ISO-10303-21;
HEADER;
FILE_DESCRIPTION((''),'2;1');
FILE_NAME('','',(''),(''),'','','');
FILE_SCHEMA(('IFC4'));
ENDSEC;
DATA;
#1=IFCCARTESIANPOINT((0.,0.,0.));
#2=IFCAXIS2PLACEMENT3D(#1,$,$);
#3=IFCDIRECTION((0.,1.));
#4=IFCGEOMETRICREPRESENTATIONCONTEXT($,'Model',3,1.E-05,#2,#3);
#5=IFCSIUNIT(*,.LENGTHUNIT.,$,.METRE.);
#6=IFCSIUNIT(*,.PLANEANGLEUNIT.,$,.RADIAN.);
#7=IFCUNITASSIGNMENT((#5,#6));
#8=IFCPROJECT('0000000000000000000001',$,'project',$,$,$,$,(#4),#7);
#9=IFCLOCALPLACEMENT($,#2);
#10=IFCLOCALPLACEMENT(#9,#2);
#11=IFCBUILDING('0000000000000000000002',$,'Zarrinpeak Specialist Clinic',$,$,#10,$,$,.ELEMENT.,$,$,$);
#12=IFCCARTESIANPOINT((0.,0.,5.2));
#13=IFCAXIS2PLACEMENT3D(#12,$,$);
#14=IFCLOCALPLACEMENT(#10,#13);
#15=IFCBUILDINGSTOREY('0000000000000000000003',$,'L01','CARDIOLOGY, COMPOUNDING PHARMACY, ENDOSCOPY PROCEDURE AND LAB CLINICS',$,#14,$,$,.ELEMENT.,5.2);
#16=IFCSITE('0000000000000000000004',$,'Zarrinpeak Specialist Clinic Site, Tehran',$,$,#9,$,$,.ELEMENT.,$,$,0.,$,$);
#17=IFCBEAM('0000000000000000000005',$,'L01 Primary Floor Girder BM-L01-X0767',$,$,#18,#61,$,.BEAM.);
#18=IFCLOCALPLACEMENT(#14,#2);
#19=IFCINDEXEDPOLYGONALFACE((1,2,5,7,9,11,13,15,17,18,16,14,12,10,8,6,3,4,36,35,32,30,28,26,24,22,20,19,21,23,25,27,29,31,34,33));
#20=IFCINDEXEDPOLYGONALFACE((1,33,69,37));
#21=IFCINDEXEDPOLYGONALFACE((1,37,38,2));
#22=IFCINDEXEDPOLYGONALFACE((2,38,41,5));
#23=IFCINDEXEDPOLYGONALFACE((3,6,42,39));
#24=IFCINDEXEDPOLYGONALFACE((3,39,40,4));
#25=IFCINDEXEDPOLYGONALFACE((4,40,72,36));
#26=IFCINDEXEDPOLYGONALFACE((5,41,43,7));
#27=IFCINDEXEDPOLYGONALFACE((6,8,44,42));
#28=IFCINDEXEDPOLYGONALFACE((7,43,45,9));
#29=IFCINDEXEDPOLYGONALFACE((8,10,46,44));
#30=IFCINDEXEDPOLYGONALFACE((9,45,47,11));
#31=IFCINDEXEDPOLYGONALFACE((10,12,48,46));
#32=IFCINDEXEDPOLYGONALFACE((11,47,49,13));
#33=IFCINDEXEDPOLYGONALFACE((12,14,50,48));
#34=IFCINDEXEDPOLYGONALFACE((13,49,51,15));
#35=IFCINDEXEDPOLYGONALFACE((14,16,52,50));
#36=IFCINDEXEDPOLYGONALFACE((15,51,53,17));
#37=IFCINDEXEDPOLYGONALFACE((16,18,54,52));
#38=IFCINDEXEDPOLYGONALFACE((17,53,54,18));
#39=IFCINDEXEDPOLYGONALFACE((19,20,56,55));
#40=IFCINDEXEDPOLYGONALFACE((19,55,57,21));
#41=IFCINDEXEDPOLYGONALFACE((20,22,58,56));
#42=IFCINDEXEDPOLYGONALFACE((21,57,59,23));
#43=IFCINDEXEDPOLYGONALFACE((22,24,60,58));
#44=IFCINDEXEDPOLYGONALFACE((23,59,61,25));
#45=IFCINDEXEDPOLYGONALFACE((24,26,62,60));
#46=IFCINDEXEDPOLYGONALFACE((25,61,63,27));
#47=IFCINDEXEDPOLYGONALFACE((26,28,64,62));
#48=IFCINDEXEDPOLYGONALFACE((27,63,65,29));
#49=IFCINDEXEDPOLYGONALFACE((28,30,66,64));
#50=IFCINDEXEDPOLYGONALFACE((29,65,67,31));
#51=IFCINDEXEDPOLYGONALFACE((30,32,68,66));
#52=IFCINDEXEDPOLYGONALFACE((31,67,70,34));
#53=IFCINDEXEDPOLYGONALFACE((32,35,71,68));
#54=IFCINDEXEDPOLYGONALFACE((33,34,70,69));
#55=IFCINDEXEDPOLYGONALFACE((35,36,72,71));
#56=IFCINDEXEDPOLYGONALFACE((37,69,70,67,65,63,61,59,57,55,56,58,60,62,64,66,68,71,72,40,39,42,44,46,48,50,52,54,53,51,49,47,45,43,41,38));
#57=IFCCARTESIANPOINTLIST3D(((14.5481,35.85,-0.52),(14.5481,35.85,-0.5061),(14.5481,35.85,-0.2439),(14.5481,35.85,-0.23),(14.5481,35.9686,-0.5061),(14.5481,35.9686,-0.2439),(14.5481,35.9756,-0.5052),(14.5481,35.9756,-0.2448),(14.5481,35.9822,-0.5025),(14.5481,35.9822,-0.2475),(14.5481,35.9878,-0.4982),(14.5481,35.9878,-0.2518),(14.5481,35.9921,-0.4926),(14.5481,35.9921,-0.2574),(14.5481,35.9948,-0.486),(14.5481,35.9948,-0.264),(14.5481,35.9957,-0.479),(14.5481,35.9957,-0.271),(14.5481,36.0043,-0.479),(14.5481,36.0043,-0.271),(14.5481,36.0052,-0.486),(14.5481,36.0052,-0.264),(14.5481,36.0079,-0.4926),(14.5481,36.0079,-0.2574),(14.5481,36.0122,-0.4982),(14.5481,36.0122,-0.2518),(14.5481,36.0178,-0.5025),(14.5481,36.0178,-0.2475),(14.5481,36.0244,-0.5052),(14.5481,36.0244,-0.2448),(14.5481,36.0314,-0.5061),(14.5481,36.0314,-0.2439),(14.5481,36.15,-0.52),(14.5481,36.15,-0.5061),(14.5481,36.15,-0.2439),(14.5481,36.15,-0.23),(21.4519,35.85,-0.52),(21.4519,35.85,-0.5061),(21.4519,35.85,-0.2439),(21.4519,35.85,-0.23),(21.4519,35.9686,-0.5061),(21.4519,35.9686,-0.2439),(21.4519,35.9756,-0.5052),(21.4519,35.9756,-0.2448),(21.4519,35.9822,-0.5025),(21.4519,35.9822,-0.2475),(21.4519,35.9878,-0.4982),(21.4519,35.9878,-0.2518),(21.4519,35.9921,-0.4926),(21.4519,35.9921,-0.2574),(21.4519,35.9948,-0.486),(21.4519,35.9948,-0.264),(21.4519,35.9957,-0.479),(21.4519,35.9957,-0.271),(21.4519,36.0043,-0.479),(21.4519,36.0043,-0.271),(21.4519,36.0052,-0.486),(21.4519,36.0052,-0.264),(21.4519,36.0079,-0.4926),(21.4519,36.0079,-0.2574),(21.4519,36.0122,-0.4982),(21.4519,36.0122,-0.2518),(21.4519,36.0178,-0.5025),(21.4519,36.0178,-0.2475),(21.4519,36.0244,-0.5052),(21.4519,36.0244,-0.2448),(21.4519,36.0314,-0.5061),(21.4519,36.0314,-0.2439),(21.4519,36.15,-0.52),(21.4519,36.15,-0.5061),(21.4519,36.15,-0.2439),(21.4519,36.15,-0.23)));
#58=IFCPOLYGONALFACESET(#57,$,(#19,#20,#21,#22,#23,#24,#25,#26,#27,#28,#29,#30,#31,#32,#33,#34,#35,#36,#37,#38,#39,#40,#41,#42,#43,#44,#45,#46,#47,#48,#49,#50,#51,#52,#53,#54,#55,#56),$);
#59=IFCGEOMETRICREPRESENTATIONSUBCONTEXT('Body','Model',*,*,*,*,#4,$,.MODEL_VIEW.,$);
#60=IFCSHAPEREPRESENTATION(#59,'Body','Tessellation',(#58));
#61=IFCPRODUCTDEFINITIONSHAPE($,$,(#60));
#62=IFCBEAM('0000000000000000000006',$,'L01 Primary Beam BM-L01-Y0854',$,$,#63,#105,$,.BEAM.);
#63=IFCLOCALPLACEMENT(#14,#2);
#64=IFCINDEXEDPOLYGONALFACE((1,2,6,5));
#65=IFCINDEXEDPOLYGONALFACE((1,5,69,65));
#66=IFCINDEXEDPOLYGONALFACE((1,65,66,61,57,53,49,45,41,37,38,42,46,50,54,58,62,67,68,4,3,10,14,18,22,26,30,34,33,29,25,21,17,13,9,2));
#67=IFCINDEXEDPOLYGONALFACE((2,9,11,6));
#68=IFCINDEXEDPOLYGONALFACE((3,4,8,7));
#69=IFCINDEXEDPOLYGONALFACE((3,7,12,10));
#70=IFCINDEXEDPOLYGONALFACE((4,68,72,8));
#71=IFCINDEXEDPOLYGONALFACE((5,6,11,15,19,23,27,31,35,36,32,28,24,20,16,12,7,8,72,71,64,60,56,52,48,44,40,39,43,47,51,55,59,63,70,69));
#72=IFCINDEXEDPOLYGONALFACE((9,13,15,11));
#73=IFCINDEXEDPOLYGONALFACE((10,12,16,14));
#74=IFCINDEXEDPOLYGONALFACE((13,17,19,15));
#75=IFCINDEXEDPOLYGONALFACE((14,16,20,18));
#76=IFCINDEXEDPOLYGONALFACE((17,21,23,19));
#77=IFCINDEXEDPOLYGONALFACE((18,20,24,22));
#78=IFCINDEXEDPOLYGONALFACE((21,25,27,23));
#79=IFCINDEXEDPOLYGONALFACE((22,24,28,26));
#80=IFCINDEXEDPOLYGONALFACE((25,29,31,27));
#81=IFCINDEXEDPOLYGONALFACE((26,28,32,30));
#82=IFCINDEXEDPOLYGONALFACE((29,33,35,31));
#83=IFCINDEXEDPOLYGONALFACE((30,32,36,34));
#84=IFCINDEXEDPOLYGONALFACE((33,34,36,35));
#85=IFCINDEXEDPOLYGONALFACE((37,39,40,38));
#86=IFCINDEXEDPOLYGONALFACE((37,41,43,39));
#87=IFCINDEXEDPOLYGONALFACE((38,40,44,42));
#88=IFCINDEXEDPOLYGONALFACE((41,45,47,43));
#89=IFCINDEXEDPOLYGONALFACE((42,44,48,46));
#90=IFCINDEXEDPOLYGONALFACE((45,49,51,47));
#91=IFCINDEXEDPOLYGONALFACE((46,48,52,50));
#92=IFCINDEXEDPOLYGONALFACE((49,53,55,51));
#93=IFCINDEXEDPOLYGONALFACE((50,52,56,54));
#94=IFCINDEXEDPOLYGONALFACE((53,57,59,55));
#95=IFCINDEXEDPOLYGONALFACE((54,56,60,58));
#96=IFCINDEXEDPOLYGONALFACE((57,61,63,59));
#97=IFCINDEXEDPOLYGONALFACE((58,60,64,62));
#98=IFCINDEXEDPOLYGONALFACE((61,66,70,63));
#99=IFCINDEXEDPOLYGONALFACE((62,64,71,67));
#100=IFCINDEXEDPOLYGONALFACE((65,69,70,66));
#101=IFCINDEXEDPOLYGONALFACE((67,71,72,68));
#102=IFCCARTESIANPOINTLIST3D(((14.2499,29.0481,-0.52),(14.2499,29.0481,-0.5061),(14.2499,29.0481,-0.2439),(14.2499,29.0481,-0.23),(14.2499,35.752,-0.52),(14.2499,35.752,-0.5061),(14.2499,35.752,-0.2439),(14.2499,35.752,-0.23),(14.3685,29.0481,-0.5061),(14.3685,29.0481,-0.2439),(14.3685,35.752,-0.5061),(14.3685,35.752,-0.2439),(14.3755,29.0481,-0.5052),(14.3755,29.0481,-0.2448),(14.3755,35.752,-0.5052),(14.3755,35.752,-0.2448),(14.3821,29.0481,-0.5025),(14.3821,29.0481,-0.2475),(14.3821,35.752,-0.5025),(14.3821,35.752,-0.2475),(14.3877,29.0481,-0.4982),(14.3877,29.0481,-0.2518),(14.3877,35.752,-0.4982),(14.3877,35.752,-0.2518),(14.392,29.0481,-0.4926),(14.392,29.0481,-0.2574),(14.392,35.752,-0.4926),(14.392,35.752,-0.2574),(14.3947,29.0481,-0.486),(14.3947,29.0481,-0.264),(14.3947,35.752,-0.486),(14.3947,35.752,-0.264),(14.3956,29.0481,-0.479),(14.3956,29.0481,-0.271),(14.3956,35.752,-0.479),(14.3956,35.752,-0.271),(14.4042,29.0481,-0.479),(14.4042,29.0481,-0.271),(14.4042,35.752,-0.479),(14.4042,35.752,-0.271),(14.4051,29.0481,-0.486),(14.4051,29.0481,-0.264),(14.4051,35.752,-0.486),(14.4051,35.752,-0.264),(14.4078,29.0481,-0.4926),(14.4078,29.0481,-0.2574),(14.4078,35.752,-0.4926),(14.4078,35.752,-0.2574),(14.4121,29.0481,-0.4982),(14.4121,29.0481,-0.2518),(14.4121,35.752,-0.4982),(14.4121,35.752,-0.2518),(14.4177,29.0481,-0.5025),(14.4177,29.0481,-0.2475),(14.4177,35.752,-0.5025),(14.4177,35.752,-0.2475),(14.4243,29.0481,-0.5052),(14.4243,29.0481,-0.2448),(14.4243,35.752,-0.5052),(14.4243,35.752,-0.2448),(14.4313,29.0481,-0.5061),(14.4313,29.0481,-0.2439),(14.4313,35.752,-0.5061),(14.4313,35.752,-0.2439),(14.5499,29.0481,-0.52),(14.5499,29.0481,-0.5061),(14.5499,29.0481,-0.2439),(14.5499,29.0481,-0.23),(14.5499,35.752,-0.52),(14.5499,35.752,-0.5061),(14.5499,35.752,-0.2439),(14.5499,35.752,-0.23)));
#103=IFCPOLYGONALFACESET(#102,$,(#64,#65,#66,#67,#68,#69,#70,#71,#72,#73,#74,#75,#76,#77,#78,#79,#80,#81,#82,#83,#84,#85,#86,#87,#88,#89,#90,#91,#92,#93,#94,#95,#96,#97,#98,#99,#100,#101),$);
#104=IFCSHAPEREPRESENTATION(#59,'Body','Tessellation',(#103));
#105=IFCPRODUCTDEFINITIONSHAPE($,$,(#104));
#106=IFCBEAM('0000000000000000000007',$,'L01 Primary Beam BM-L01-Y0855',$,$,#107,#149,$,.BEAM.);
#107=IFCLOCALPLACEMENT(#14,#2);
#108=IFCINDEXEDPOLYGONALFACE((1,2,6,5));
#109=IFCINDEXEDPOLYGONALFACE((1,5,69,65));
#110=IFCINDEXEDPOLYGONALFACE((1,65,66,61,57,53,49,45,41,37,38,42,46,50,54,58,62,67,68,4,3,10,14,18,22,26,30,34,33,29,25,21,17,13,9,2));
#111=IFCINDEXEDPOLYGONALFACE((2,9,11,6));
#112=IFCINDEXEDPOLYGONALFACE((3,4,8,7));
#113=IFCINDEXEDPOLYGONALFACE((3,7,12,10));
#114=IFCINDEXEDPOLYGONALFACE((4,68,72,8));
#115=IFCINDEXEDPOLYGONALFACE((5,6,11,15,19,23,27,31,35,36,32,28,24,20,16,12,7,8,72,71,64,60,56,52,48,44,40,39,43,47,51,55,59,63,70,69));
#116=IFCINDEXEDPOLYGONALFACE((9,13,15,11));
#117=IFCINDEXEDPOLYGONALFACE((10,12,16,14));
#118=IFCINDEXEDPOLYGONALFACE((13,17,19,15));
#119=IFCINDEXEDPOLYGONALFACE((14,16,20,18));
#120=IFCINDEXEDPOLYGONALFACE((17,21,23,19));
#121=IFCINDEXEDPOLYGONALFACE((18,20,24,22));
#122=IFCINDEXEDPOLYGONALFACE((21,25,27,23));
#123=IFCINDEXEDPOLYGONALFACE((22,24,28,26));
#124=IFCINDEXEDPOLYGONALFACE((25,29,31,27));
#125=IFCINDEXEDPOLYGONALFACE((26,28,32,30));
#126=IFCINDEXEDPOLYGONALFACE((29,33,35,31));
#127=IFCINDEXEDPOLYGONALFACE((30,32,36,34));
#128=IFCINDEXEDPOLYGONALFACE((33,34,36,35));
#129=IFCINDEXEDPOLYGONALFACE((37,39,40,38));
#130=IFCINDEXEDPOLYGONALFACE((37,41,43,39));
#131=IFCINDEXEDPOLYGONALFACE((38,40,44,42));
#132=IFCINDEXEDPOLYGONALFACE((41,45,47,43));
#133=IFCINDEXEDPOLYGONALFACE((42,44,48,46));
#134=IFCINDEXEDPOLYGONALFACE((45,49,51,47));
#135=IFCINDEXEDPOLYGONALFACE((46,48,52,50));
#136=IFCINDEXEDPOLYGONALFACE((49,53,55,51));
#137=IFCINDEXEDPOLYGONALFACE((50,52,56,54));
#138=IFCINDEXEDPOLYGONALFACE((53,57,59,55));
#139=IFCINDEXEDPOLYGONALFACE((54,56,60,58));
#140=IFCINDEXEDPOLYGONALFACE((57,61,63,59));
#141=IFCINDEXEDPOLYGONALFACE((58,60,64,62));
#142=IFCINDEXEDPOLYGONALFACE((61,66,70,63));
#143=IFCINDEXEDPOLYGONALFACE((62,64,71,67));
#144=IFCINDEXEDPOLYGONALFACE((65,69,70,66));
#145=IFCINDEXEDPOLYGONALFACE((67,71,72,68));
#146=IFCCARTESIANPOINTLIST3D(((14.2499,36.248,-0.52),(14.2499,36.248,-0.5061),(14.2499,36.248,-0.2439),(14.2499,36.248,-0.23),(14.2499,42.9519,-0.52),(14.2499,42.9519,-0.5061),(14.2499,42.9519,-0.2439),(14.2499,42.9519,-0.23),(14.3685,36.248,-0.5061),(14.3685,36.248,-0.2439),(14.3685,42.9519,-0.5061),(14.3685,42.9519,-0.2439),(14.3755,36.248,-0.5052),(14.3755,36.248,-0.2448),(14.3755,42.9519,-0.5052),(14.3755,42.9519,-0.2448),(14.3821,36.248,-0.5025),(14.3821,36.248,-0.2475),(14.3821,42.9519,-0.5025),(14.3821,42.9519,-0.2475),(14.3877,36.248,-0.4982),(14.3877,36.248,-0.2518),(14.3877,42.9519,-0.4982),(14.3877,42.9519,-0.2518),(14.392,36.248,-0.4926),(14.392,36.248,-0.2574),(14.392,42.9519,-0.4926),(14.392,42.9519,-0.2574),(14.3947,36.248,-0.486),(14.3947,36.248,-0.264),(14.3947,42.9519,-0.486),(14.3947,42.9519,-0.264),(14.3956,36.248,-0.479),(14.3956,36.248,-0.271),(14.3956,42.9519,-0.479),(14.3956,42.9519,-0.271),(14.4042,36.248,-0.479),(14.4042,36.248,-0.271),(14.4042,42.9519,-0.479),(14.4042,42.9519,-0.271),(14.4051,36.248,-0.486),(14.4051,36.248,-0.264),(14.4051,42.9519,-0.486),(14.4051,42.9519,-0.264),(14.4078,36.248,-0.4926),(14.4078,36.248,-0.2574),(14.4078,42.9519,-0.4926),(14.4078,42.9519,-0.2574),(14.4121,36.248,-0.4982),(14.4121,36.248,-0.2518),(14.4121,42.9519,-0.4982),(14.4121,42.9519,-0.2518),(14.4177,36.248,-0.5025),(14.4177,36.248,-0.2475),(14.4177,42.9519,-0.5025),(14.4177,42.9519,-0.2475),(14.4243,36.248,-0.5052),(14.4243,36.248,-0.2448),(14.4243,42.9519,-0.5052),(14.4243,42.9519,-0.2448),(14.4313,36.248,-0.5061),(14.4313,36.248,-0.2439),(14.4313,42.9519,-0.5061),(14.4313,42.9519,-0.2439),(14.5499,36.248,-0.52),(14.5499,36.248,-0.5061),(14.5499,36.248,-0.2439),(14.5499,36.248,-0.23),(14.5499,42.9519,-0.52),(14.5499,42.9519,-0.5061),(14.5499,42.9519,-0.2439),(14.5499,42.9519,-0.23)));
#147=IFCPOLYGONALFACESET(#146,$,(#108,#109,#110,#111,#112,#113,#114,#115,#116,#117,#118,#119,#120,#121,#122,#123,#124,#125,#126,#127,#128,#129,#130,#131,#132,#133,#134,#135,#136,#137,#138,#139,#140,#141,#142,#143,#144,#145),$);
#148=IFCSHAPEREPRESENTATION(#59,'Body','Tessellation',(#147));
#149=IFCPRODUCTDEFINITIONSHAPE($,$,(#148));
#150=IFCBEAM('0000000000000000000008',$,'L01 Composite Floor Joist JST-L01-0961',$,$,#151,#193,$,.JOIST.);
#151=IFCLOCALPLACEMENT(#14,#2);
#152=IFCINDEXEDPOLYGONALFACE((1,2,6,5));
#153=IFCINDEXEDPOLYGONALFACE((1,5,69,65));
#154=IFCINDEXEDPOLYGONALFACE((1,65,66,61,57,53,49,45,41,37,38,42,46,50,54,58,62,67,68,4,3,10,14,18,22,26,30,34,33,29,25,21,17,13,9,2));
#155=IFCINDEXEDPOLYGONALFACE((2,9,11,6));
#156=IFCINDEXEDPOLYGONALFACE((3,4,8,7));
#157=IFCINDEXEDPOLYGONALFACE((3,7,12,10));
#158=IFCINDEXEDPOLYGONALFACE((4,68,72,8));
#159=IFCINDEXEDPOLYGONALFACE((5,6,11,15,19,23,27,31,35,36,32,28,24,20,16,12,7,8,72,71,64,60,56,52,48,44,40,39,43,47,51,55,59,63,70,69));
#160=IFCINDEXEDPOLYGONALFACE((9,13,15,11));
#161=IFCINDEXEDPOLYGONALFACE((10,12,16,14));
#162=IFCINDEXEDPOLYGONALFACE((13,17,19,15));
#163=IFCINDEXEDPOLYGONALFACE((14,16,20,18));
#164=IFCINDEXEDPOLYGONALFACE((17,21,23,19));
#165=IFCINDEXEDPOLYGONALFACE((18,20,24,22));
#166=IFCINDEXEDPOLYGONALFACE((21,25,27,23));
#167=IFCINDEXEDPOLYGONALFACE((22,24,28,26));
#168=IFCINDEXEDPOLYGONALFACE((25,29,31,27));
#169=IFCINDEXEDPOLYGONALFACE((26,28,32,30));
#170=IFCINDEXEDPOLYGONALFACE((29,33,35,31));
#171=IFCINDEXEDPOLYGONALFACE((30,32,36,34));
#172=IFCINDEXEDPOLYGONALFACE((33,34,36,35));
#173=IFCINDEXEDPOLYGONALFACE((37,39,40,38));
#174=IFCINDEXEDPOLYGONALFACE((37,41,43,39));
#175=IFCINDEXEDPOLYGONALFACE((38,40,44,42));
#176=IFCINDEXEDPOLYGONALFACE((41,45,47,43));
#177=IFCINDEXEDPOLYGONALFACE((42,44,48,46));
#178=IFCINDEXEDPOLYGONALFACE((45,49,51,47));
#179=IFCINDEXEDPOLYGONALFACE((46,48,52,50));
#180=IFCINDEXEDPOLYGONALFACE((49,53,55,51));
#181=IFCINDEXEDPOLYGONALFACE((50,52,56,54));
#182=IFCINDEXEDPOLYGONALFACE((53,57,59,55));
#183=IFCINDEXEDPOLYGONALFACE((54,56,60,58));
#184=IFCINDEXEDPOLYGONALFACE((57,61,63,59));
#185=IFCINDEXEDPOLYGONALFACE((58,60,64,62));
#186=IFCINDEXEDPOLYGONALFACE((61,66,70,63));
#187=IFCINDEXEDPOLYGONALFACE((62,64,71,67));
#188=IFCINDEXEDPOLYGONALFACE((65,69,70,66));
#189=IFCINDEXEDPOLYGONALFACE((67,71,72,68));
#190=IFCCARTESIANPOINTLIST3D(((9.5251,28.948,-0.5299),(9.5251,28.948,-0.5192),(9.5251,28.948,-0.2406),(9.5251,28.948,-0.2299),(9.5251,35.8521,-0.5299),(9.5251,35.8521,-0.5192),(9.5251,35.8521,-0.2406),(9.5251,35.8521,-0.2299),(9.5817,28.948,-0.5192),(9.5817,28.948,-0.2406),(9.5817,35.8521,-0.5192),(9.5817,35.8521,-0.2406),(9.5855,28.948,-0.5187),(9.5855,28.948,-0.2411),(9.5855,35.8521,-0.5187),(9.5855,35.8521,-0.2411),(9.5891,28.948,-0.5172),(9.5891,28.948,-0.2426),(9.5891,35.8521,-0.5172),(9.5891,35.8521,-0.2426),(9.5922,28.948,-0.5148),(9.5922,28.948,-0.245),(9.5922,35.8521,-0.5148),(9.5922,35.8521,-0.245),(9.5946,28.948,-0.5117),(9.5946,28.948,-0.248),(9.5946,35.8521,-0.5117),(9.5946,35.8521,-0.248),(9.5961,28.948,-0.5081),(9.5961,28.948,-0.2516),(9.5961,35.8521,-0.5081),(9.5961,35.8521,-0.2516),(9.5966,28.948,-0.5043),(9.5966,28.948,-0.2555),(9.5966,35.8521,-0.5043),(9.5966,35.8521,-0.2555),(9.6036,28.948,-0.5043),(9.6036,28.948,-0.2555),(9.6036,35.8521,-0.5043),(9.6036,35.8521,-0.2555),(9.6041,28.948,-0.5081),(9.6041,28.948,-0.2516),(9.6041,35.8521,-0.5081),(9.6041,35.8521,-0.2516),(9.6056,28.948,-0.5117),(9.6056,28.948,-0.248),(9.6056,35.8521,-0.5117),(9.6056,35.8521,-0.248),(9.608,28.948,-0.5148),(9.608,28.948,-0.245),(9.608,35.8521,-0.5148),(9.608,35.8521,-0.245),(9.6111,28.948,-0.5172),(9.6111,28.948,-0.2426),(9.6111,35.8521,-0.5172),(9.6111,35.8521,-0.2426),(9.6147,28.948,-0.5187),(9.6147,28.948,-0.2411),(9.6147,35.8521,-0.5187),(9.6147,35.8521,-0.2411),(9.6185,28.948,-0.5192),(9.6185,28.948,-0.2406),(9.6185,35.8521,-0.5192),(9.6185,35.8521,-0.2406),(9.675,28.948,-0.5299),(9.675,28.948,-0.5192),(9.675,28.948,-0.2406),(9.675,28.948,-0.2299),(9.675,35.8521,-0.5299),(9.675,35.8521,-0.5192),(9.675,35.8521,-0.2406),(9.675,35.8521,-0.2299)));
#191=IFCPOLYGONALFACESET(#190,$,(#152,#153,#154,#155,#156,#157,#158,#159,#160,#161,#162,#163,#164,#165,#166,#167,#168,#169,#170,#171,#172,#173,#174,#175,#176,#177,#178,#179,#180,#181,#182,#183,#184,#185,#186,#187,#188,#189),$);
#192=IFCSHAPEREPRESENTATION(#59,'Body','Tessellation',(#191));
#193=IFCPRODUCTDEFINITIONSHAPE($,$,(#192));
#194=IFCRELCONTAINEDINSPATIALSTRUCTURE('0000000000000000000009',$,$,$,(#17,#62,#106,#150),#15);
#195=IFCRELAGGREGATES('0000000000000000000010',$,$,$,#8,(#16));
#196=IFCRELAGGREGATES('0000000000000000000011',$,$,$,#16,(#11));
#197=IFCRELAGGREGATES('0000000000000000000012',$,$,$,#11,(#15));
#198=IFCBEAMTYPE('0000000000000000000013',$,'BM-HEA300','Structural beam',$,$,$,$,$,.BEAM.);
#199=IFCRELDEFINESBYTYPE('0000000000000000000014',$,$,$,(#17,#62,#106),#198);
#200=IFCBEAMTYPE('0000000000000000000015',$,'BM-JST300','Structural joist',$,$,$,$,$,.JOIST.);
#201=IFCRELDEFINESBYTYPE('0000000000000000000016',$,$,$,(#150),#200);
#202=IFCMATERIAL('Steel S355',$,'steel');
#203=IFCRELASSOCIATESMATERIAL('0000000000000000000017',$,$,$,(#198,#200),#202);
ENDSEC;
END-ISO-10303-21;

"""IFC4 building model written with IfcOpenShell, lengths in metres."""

from ifc_helpers import new_model, si_unit, direction, frame, origin, origin_2d, place, context, subcontext, project, spatial, i_section, extrude, material, material_profile, profile_set, type_object, element, save


model = new_model("IFC4")

# Units and contexts
model_context = context("Model", 3, precision=1e-05, world=origin(), true_north=direction((0.0, 1.0)))
body_context = subcontext(model_context, "Body", "Model", "MODEL_VIEW")
ifc_project = project(units=[si_unit("LENGTHUNIT", "METRE"), si_unit("PLANEANGLEUNIT", "RADIAN")], contexts=[model_context])

# Site, building, storey
site_placement = place(None, origin())
site = spatial("IfcSite", under=ifc_project, at=site_placement, Name="Zarrinpeak Specialist Clinic Site, Tehran", CompositionType="ELEMENT", RefElevation=0.0)
building_placement = place(site_placement, origin())
building = spatial("IfcBuilding", under=site, at=building_placement, Name="Zarrinpeak Specialist Clinic", CompositionType="ELEMENT")
storey_placement = place(building_placement, frame((0.0, 0.0, 5.2)))
storey = spatial("IfcBuildingStorey", under=building, at=storey_placement, Name="L01", Description="CARDIOLOGY, COMPOUNDING PHARMACY, ENDOSCOPY PROCEDURE AND LAB CLINICS", CompositionType="ELEMENT", Elevation=5.2)

# Shared definitions
ifc_material_1 = material(Name="Steel S355", Category="steel")

# Beams
ifc_material_profile_1 = material_profile(ifc_material_1, i_section(OverallWidth=0.3, OverallDepth=0.29, WebThickness=0.0085, FlangeThickness=0.0139, FilletRadius=0.0271, at=origin_2d()), Name="HEA 300")
ifc_profile_set_1 = profile_set([ifc_material_profile_1], Name="Steel S355")
beam_type_1 = type_object("IfcBeamType", Name="BM-HEA300", Description="Structural beam", PredefinedType="BEAM", material=ifc_profile_set_1)
beam_1_placement = place(storey_placement, frame((14.5481, 36.0, -0.375), z_axis=(1.0, 0.0, 0.0), x_axis=(0.0, 1.0, 0.0)))
element("IfcBeam", 1, at=beam_1_placement, inside=storey, type_object=beam_type_1, Name="L01 Primary Floor Girder BM-L01-X0767", PredefinedType="BEAM", context=body_context, shape_type="SweptSolid", body=[
    extrude(i_section(OverallWidth=0.3, OverallDepth=0.29, WebThickness=0.0085, FlangeThickness=0.0139, FilletRadius=0.0271, at=origin_2d()), origin(), (0.0, 0.0, 1.0), 6.9038),
])
for number, where, z_axis, x_axis, name in (
    (2, (14.3999, 29.0481, -0.375), (0.0, 1.0, 0.0), (-1.0, 0.0, 0.0), "L01 Primary Beam BM-L01-Y0854"),
    (3, (14.3999, 36.248, -0.375), (0.0, 1.0, 0.0), (-1.0, 0.0, 0.0), "L01 Primary Beam BM-L01-Y0855"),
):
    element("IfcBeam", number, at=place(storey_placement, frame(where, z_axis=z_axis, x_axis=x_axis)), inside=storey, type_object=beam_type_1, Name=name, PredefinedType="BEAM", context=body_context, shape_type="SweptSolid", body=[
        extrude(i_section(OverallWidth=0.3, OverallDepth=0.29, WebThickness=0.0085, FlangeThickness=0.0139, FilletRadius=0.0271, at=origin_2d()), origin(), (0.0, 0.0, 1.0), 6.7039),
    ])
ifc_material_profile_2 = material_profile(ifc_material_1, i_section(OverallWidth=0.1499, OverallDepth=0.3, WebThickness=0.0071, FlangeThickness=0.0107, FilletRadius=0.0149, at=origin_2d()), Name="IPE 300")
ifc_profile_set_2 = profile_set([ifc_material_profile_2], Name="Steel S355")
beam_type_2 = type_object("IfcBeamType", Name="BM-JST300", Description="Structural joist", PredefinedType="JOIST", material=ifc_profile_set_2)
for number, where, z_axis, x_axis, name in (
    (4, (9.6001, 28.948, -0.3799), (0.0, 1.0, 0.0), (-1.0, 0.0, 0.0), "L01 Composite Floor Joist JST-L01-0961"),
):
    element("IfcBeam", number, at=place(storey_placement, frame(where, z_axis=z_axis, x_axis=x_axis)), inside=storey, type_object=beam_type_2, Name=name, PredefinedType="JOIST", context=body_context, shape_type="SweptSolid", body=[
        extrude(i_section(OverallWidth=0.1499, OverallDepth=0.3, WebThickness=0.0071, FlangeThickness=0.0107, FilletRadius=0.0149, at=origin_2d()), origin(), (0.0, 0.0, 1.0), 6.9041),
    ])

save(model, "model.ifc")
